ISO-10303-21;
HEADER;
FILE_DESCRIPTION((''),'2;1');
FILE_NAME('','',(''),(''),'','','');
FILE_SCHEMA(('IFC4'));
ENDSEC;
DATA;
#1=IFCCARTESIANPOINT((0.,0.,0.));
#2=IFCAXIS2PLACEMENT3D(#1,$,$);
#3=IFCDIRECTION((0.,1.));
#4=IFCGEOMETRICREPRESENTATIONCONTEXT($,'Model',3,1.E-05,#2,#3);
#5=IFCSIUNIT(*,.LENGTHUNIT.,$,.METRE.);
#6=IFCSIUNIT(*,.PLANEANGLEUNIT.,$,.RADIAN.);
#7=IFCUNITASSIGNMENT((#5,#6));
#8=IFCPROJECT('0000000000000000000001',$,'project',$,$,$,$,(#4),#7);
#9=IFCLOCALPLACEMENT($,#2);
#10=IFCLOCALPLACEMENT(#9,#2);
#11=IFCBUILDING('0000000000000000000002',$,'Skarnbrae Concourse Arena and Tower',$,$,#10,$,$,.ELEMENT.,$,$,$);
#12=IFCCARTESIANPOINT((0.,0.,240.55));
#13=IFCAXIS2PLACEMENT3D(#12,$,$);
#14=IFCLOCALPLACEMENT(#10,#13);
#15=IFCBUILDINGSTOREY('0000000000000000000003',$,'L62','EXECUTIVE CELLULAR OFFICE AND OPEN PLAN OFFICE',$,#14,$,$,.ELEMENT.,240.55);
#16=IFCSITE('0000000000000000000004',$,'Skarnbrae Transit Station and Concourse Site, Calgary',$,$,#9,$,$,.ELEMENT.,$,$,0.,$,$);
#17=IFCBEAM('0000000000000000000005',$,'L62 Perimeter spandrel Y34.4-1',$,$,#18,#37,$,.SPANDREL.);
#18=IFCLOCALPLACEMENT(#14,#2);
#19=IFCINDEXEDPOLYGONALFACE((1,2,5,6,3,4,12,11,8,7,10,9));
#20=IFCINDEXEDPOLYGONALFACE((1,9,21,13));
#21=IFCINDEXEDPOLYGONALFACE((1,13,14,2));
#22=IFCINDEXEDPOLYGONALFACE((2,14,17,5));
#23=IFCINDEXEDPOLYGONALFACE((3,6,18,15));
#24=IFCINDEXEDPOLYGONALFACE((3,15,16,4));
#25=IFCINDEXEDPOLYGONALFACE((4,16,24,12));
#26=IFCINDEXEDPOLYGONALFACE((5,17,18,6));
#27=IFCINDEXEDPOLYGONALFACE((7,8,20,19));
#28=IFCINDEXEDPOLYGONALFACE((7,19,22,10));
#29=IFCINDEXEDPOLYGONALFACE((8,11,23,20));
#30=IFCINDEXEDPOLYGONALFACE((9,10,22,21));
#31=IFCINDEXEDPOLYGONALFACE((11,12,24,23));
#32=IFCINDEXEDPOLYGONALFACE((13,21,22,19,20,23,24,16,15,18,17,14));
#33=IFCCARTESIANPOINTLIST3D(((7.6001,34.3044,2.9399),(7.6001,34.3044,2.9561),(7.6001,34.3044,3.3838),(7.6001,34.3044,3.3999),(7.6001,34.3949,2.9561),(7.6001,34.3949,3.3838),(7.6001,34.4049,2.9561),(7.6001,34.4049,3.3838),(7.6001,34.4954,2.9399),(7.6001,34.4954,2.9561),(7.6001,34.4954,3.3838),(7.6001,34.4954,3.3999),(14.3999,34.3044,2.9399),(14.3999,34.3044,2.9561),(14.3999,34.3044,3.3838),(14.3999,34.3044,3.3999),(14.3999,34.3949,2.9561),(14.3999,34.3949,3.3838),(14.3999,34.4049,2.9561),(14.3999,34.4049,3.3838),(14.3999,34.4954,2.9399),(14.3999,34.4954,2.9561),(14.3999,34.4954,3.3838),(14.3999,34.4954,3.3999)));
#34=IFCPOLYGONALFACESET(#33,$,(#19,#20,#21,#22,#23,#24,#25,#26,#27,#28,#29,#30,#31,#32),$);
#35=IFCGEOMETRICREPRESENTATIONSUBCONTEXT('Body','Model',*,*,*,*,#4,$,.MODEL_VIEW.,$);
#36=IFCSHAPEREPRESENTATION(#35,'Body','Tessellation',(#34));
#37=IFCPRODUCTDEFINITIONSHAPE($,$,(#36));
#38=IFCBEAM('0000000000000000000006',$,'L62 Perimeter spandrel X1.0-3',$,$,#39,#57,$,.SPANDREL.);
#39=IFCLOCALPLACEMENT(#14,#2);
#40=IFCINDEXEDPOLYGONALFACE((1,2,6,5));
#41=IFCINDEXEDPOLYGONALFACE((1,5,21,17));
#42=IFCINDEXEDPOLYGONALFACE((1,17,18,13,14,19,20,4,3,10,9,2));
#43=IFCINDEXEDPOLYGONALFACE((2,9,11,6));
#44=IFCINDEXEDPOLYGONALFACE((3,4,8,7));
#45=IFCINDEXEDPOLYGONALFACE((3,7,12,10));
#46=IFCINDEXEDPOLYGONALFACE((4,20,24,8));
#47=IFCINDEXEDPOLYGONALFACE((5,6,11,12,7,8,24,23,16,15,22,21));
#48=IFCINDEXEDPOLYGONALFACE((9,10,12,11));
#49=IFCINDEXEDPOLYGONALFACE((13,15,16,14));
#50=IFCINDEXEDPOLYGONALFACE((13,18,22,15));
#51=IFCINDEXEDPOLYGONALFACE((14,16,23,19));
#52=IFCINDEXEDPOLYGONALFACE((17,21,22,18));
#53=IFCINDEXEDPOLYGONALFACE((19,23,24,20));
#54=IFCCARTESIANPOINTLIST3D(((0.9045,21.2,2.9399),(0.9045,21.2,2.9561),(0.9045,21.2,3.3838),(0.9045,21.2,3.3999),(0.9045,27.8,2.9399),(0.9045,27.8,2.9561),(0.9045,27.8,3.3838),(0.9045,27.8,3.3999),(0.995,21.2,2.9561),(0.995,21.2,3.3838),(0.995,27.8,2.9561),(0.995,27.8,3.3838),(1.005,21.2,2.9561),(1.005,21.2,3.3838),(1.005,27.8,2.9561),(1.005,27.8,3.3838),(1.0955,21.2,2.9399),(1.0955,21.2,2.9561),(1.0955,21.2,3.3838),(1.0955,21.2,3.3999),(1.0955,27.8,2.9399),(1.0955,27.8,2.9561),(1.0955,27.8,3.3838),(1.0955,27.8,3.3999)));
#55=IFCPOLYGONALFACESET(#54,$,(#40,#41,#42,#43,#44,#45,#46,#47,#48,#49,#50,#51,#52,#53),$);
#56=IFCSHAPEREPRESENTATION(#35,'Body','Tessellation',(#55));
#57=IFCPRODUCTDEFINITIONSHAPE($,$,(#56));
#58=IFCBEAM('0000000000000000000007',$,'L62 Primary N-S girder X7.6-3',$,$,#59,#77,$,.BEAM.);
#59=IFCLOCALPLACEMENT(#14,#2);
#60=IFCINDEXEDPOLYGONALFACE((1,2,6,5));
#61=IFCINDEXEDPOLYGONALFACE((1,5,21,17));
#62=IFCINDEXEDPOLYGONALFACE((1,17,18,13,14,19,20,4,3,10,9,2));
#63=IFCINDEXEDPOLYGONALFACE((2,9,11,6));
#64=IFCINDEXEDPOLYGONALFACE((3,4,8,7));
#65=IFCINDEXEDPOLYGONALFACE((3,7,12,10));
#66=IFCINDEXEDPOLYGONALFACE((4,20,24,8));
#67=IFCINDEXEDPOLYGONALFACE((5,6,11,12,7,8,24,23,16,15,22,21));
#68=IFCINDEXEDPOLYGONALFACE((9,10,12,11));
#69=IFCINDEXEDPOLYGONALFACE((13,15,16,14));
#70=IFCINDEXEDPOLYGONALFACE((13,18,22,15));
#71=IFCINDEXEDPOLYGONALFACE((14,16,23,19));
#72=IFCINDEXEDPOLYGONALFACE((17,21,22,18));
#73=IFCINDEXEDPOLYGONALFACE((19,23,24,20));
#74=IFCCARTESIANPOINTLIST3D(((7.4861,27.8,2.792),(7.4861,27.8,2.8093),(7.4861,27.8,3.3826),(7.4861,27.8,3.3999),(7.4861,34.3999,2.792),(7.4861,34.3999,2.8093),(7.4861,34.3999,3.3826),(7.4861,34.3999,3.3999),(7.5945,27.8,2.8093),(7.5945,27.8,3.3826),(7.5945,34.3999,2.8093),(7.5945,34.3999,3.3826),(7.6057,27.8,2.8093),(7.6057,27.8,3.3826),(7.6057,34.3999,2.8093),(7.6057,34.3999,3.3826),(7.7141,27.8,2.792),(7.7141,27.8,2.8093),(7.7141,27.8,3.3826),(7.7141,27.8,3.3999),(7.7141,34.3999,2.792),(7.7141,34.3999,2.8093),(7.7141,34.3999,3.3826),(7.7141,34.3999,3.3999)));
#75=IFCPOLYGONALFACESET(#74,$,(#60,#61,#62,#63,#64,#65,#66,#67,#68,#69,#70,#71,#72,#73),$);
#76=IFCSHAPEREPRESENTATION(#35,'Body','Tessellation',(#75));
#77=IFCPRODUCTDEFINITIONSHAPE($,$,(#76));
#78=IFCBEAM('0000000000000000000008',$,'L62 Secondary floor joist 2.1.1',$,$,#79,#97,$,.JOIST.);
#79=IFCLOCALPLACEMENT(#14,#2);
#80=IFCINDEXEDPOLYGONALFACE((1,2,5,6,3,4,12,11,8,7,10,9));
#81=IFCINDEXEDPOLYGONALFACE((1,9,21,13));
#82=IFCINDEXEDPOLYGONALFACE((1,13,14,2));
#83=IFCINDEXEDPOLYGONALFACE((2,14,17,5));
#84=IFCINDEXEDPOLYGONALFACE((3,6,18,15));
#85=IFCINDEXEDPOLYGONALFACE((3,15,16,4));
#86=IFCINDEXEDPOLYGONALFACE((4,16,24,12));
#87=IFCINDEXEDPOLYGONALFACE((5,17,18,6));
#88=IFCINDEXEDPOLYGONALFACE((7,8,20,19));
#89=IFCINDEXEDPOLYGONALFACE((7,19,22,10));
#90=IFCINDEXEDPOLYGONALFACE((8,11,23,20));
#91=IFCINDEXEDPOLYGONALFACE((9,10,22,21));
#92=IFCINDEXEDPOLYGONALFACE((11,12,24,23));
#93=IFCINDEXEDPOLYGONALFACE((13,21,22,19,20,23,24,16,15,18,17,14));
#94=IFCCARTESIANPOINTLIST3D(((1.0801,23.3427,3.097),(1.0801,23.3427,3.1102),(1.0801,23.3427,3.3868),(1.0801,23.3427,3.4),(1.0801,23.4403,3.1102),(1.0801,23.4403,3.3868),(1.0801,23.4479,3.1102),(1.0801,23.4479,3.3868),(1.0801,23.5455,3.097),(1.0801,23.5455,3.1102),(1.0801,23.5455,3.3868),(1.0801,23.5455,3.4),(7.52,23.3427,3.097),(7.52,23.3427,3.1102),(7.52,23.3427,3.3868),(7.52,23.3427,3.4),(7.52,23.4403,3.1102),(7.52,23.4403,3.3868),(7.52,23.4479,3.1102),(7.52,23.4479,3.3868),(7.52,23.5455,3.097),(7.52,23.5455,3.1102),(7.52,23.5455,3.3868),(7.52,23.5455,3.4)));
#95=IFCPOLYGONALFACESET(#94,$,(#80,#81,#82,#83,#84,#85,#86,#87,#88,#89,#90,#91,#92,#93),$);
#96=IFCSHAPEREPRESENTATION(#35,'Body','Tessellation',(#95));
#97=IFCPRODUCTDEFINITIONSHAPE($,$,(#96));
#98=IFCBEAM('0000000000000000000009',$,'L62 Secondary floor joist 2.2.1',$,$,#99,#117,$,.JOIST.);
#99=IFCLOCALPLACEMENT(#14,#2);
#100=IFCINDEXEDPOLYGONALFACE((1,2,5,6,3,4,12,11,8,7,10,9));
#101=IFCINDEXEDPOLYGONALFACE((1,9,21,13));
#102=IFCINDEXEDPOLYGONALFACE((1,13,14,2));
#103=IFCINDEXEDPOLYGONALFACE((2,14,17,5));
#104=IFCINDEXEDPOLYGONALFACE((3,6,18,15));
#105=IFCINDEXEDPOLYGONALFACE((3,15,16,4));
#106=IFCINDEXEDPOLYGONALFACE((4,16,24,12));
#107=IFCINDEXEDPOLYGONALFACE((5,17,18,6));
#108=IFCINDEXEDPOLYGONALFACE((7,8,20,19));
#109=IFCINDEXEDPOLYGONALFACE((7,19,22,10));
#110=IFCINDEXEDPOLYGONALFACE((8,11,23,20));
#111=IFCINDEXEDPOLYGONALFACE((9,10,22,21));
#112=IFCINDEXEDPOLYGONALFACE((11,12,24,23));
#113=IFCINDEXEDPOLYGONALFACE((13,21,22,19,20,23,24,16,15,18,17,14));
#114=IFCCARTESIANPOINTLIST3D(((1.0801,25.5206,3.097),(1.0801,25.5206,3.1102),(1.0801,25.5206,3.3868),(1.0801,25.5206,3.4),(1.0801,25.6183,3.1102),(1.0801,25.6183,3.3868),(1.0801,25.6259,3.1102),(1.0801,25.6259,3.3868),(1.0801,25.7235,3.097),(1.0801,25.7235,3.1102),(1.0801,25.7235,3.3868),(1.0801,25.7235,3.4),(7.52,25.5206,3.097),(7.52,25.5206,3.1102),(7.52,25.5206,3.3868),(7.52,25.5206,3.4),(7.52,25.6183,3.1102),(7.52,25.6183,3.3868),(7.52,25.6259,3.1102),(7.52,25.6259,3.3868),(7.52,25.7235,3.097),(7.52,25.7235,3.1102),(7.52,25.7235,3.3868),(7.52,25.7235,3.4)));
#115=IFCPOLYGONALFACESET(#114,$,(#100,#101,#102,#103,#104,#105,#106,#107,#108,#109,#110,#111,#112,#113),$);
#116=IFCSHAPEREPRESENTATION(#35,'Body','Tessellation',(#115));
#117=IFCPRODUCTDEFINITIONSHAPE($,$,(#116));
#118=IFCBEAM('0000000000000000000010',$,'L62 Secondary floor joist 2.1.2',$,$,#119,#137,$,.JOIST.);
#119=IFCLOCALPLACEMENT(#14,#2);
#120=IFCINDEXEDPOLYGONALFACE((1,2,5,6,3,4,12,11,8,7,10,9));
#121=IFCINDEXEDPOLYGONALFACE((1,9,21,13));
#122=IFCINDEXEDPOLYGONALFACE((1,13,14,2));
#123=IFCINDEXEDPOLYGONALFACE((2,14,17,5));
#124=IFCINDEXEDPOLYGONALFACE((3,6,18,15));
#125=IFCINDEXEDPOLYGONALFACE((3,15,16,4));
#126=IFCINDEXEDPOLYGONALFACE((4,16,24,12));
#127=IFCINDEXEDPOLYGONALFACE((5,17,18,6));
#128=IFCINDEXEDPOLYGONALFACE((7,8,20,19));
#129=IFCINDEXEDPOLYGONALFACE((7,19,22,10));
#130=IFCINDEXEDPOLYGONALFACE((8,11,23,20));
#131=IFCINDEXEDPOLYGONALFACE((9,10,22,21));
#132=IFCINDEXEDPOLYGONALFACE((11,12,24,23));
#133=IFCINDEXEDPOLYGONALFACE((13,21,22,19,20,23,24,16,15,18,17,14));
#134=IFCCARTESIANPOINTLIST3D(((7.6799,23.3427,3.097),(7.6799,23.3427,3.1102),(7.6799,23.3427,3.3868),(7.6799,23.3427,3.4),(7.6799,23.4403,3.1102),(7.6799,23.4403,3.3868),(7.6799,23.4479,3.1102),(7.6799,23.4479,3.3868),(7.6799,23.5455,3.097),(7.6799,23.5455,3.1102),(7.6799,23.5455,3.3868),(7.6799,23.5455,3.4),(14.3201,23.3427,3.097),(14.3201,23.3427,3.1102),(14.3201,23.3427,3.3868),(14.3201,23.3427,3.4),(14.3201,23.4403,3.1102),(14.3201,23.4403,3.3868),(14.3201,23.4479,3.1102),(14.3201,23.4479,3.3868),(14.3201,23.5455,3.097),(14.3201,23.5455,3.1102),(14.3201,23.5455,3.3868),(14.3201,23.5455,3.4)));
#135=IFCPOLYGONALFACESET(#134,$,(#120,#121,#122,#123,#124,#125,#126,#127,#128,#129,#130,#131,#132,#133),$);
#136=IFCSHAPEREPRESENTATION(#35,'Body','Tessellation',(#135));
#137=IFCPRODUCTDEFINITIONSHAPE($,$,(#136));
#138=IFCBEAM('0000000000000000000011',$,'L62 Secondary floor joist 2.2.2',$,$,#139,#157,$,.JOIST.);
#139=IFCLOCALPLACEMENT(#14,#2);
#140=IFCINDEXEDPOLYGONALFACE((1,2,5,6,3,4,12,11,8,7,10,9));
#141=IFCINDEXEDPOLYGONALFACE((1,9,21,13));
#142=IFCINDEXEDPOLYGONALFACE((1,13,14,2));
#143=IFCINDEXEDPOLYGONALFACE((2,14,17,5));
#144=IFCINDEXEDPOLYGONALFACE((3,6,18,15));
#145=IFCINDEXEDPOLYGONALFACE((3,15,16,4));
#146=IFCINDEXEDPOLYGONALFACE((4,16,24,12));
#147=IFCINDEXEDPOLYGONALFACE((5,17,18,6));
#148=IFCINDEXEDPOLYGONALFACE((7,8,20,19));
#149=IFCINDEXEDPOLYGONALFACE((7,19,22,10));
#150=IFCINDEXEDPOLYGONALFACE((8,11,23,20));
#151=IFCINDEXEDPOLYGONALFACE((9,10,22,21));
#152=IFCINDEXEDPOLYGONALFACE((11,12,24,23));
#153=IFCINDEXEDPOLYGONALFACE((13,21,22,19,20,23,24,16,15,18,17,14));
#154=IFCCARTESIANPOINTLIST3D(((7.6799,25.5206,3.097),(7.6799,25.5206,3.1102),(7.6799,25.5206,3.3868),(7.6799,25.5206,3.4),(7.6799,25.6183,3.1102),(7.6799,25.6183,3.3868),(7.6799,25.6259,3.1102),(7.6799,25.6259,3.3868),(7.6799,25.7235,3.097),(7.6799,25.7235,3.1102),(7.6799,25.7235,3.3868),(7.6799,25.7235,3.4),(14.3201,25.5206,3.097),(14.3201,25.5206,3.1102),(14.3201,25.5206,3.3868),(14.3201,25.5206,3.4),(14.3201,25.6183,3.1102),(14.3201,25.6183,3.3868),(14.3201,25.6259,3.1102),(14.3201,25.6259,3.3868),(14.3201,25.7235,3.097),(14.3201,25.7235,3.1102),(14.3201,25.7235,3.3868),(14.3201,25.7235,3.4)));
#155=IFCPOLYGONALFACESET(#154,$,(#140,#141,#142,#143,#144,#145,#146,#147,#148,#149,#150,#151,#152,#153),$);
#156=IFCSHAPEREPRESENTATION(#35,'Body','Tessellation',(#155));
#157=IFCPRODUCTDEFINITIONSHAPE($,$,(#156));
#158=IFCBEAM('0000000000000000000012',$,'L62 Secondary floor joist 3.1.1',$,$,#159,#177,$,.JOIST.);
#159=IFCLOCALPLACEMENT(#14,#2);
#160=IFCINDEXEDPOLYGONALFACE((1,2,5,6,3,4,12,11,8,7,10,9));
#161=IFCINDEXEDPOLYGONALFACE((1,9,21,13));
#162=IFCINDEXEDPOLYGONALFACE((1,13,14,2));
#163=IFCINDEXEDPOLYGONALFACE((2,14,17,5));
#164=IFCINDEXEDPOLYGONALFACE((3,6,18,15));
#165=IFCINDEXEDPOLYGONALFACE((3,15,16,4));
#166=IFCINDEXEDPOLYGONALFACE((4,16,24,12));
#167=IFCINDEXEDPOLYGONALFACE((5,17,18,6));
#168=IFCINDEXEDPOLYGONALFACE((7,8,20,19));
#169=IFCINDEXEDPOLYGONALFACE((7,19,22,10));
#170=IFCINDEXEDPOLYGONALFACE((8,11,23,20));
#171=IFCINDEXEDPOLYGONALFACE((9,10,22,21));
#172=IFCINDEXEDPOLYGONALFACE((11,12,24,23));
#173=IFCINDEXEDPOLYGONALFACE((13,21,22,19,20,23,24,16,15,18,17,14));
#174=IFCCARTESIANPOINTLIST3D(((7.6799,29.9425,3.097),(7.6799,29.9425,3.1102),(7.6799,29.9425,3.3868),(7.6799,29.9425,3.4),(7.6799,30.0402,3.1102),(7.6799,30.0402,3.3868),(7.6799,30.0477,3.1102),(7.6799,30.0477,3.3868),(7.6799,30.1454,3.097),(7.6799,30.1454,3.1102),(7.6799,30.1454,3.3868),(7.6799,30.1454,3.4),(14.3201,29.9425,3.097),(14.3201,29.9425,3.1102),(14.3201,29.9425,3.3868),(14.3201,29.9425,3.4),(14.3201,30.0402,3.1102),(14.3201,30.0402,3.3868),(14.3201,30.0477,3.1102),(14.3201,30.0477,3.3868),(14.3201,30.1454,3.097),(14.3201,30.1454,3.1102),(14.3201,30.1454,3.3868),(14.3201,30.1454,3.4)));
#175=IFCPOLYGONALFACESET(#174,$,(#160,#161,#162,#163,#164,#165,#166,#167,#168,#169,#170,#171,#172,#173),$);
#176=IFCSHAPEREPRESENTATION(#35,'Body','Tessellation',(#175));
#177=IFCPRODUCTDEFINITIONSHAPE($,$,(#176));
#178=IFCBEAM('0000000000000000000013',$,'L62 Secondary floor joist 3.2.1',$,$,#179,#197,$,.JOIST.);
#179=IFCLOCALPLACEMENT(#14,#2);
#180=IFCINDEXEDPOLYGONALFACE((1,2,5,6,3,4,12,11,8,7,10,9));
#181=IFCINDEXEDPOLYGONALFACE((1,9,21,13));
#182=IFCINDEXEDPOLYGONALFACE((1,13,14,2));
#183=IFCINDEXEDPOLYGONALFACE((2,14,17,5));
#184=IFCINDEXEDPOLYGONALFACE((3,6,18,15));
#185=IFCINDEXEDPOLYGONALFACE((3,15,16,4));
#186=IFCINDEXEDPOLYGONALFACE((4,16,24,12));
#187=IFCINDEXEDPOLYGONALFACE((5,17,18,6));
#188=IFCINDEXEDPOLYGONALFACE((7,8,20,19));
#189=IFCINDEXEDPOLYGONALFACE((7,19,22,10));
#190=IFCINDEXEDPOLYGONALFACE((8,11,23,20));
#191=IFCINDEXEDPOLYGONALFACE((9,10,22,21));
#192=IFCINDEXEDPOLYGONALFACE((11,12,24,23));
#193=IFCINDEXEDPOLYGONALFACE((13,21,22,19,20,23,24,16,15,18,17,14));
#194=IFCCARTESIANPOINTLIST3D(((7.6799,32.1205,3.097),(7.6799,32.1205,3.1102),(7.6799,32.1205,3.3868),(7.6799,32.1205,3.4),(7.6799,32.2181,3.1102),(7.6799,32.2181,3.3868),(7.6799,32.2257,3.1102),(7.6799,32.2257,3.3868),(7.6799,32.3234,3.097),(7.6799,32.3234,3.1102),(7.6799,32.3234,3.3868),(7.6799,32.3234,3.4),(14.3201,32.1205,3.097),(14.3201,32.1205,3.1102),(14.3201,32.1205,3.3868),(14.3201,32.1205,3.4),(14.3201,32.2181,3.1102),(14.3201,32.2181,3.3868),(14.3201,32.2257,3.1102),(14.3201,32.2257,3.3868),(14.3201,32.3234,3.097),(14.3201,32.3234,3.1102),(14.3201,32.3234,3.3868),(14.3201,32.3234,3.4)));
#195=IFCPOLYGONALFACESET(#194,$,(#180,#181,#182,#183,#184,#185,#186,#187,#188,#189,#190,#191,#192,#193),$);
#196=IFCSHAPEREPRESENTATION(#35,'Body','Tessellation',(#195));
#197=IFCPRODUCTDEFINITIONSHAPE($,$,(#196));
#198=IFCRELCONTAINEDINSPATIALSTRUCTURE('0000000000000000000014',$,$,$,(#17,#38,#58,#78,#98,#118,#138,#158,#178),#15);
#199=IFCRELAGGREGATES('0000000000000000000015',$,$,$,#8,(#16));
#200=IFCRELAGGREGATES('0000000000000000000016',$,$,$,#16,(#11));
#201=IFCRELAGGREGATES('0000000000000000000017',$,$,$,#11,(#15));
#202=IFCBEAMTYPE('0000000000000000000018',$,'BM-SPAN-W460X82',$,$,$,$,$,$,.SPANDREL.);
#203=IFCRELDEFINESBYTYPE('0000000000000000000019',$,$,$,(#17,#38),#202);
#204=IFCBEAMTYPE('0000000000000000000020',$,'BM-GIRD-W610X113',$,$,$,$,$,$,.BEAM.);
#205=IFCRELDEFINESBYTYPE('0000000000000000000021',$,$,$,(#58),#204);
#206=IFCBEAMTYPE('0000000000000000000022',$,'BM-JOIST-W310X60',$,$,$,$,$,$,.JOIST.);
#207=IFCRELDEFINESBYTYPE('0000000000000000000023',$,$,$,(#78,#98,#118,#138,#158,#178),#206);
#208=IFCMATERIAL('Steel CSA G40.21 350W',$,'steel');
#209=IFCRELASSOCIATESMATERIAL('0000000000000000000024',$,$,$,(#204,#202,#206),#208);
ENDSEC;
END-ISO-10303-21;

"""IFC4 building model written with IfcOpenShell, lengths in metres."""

from ifc_helpers import new_model, si_unit, direction, frame, origin, origin_2d, place, context, subcontext, project, spatial, i_section, extrude, source, transform, mapped, material, material_profile, profile_set, type_object, element, save


model = new_model("IFC4")

# Units and contexts
model_context = context("Model", 3, precision=1e-05, world=origin(), true_north=direction((0.0, 1.0)))
body_context = subcontext(model_context, "Body", "Model", "MODEL_VIEW")
ifc_project = project(units=[si_unit("LENGTHUNIT", "METRE"), si_unit("PLANEANGLEUNIT", "RADIAN")], contexts=[model_context])

# Site, building, storey
site_placement = place(None, origin())
site = spatial("IfcSite", under=ifc_project, at=site_placement, Name="Skarnbrae Transit Station and Concourse Site, Calgary", CompositionType="ELEMENT", RefElevation=0.0)
building_placement = place(site_placement, origin())
building = spatial("IfcBuilding", under=site, at=building_placement, Name="Skarnbrae Concourse Arena and Tower", CompositionType="ELEMENT")
storey_placement = place(building_placement, frame((0.0, 0.0, 240.55)))
storey = spatial("IfcBuildingStorey", under=building, at=storey_placement, Name="L62", Description="EXECUTIVE CELLULAR OFFICE AND OPEN PLAN OFFICE", CompositionType="ELEMENT", Elevation=240.55)

# Shared definitions
ifc_material_1 = material(Name="Steel CSA G40.21 350W", Category="steel")

# Beams
ifc_material_profile_1 = material_profile(ifc_material_1, i_section(OverallWidth=0.228, OverallDepth=0.6079, WebThickness=0.0112, FlangeThickness=0.0173, at=origin_2d()), Name="W610X113")
ifc_profile_set_1 = profile_set([ifc_material_profile_1], Name="Steel CSA G40.21 350W")
beam_type_1 = type_object("IfcBeamType", Name="BM-GIRD-W610X113", PredefinedType="BEAM", material=ifc_profile_set_1)
ifc_material_profile_2 = material_profile(ifc_material_1, i_section(OverallWidth=0.1909, OverallDepth=0.46, WebThickness=0.01, FlangeThickness=0.0161, at=origin_2d()), Name="W460X82")
ifc_profile_set_2 = profile_set([ifc_material_profile_2], Name="Steel CSA G40.21 350W")
beam_type_2 = type_object("IfcBeamType", Name="BM-SPAN-W460X82", PredefinedType="SPANDREL", material=ifc_profile_set_2)
shared_shape_1 = source(origin(), body_context, "Body", "SweptSolid", [
    extrude(i_section(OverallWidth=0.1909, OverallDepth=0.46, WebThickness=0.01, FlangeThickness=0.0161, at=origin_2d()), origin(), (0.0, 0.0, 1.0), 6.7998),
])
beam_1_placement = place(storey_placement, frame((7.6001, 34.3999, 3.1699), z_axis=(1.0, 0.0, 0.0), x_axis=(0.0, 1.0, 0.0)))
element("IfcBeam", 1, at=beam_1_placement, inside=storey, type_object=beam_type_2, Name="L62 Perimeter spandrel Y34.4-1", PredefinedType="SPANDREL", context=body_context, shape_type="MappedRepresentation", body=[
    mapped(shared_shape_1, transform((0.0, 0.0, 0.0))),
])
shared_shape_2 = source(origin(), body_context, "Body", "SweptSolid", [
    extrude(i_section(OverallWidth=0.1909, OverallDepth=0.46, WebThickness=0.01, FlangeThickness=0.0161, at=origin_2d()), origin(), (0.0, 0.0, 1.0), 6.6001),
])
beam_2_placement = place(storey_placement, frame((1.0, 21.2, 3.1699), z_axis=(0.0, 1.0, 0.0), x_axis=(-1.0, 0.0, 0.0)))
element("IfcBeam", 2, at=beam_2_placement, inside=storey, type_object=beam_type_2, Name="L62 Perimeter spandrel X1.0-3", PredefinedType="SPANDREL", context=body_context, shape_type="MappedRepresentation", body=[
    mapped(shared_shape_2, transform((0.0, 0.0, 0.0))),
])
shared_shape_3 = source(origin(), body_context, "Body", "SweptSolid", [
    extrude(i_section(OverallWidth=0.228, OverallDepth=0.6079, WebThickness=0.0112, FlangeThickness=0.0173, at=origin_2d()), origin(), (0.0, 0.0, 1.0), 6.5999),
])
beam_3_placement = place(storey_placement, frame((7.6001, 27.8, 3.0959), z_axis=(0.0, 1.0, 0.0), x_axis=(-1.0, 0.0, 0.0)))
element("IfcBeam", 3, at=beam_3_placement, inside=storey, type_object=beam_type_1, Name="L62 Primary N-S girder X7.6-3", PredefinedType="BEAM", context=body_context, shape_type="MappedRepresentation", body=[
    mapped(shared_shape_3, transform((0.0, 0.0, 0.0))),
])
ifc_material_profile_3 = material_profile(ifc_material_1, i_section(OverallWidth=0.2029, OverallDepth=0.303, WebThickness=0.0076, FlangeThickness=0.0132, at=origin_2d()), Name="W310X60")
ifc_profile_set_3 = profile_set([ifc_material_profile_3], Name="Steel CSA G40.21 350W")
beam_type_3 = type_object("IfcBeamType", Name="BM-JOIST-W310X60", PredefinedType="JOIST", material=ifc_profile_set_3)
shared_shape_4 = source(origin(), body_context, "Body", "SweptSolid", [
    extrude(i_section(OverallWidth=0.2029, OverallDepth=0.303, WebThickness=0.0076, FlangeThickness=0.0132, at=origin_2d()), origin(), (0.0, 0.0, 1.0), 6.4399),
])
for number, where, z_axis, x_axis, name in (
    (4, (1.0801, 23.4441, 3.2485), (1.0, 0.0, 0.0), (0.0, 1.0, 0.0), "L62 Secondary floor joist 2.1.1"),
    (5, (1.0801, 25.6221, 3.2485), (1.0, 0.0, 0.0), (0.0, 1.0, 0.0), "L62 Secondary floor joist 2.2.1"),
):
    element("IfcBeam", number, at=place(storey_placement, frame(where, z_axis=z_axis, x_axis=x_axis)), inside=storey, type_object=beam_type_3, Name=name, PredefinedType="JOIST", context=body_context, shape_type="MappedRepresentation", body=[
        mapped(shared_shape_4, transform((0.0, 0.0, 0.0))),
    ])
shared_shape_5 = source(origin(), body_context, "Body", "SweptSolid", [
    extrude(i_section(OverallWidth=0.2029, OverallDepth=0.303, WebThickness=0.0076, FlangeThickness=0.0132, at=origin_2d()), origin(), (0.0, 0.0, 1.0), 6.6401),
])
for number, where, z_axis, x_axis, name in (
    (6, (7.6799, 23.4441, 3.2485), (1.0, 0.0, 0.0), (0.0, 1.0, 0.0), "L62 Secondary floor joist 2.1.2"),
    (7, (7.6799, 25.6221, 3.2485), (1.0, 0.0, 0.0), (0.0, 1.0, 0.0), "L62 Secondary floor joist 2.2.2"),
    (8, (7.6799, 30.0439, 3.2485), (1.0, 0.0, 0.0), (0.0, 1.0, 0.0), "L62 Secondary floor joist 3.1.1"),
    (9, (7.6799, 32.2219, 3.2485), (1.0, 0.0, 0.0), (0.0, 1.0, 0.0), "L62 Secondary floor joist 3.2.1"),
):
    element("IfcBeam", number, at=place(storey_placement, frame(where, z_axis=z_axis, x_axis=x_axis)), inside=storey, type_object=beam_type_3, Name=name, PredefinedType="JOIST", context=body_context, shape_type="MappedRepresentation", body=[
        mapped(shared_shape_5, transform((0.0, 0.0, 0.0))),
    ])

save(model, "model.ifc")
